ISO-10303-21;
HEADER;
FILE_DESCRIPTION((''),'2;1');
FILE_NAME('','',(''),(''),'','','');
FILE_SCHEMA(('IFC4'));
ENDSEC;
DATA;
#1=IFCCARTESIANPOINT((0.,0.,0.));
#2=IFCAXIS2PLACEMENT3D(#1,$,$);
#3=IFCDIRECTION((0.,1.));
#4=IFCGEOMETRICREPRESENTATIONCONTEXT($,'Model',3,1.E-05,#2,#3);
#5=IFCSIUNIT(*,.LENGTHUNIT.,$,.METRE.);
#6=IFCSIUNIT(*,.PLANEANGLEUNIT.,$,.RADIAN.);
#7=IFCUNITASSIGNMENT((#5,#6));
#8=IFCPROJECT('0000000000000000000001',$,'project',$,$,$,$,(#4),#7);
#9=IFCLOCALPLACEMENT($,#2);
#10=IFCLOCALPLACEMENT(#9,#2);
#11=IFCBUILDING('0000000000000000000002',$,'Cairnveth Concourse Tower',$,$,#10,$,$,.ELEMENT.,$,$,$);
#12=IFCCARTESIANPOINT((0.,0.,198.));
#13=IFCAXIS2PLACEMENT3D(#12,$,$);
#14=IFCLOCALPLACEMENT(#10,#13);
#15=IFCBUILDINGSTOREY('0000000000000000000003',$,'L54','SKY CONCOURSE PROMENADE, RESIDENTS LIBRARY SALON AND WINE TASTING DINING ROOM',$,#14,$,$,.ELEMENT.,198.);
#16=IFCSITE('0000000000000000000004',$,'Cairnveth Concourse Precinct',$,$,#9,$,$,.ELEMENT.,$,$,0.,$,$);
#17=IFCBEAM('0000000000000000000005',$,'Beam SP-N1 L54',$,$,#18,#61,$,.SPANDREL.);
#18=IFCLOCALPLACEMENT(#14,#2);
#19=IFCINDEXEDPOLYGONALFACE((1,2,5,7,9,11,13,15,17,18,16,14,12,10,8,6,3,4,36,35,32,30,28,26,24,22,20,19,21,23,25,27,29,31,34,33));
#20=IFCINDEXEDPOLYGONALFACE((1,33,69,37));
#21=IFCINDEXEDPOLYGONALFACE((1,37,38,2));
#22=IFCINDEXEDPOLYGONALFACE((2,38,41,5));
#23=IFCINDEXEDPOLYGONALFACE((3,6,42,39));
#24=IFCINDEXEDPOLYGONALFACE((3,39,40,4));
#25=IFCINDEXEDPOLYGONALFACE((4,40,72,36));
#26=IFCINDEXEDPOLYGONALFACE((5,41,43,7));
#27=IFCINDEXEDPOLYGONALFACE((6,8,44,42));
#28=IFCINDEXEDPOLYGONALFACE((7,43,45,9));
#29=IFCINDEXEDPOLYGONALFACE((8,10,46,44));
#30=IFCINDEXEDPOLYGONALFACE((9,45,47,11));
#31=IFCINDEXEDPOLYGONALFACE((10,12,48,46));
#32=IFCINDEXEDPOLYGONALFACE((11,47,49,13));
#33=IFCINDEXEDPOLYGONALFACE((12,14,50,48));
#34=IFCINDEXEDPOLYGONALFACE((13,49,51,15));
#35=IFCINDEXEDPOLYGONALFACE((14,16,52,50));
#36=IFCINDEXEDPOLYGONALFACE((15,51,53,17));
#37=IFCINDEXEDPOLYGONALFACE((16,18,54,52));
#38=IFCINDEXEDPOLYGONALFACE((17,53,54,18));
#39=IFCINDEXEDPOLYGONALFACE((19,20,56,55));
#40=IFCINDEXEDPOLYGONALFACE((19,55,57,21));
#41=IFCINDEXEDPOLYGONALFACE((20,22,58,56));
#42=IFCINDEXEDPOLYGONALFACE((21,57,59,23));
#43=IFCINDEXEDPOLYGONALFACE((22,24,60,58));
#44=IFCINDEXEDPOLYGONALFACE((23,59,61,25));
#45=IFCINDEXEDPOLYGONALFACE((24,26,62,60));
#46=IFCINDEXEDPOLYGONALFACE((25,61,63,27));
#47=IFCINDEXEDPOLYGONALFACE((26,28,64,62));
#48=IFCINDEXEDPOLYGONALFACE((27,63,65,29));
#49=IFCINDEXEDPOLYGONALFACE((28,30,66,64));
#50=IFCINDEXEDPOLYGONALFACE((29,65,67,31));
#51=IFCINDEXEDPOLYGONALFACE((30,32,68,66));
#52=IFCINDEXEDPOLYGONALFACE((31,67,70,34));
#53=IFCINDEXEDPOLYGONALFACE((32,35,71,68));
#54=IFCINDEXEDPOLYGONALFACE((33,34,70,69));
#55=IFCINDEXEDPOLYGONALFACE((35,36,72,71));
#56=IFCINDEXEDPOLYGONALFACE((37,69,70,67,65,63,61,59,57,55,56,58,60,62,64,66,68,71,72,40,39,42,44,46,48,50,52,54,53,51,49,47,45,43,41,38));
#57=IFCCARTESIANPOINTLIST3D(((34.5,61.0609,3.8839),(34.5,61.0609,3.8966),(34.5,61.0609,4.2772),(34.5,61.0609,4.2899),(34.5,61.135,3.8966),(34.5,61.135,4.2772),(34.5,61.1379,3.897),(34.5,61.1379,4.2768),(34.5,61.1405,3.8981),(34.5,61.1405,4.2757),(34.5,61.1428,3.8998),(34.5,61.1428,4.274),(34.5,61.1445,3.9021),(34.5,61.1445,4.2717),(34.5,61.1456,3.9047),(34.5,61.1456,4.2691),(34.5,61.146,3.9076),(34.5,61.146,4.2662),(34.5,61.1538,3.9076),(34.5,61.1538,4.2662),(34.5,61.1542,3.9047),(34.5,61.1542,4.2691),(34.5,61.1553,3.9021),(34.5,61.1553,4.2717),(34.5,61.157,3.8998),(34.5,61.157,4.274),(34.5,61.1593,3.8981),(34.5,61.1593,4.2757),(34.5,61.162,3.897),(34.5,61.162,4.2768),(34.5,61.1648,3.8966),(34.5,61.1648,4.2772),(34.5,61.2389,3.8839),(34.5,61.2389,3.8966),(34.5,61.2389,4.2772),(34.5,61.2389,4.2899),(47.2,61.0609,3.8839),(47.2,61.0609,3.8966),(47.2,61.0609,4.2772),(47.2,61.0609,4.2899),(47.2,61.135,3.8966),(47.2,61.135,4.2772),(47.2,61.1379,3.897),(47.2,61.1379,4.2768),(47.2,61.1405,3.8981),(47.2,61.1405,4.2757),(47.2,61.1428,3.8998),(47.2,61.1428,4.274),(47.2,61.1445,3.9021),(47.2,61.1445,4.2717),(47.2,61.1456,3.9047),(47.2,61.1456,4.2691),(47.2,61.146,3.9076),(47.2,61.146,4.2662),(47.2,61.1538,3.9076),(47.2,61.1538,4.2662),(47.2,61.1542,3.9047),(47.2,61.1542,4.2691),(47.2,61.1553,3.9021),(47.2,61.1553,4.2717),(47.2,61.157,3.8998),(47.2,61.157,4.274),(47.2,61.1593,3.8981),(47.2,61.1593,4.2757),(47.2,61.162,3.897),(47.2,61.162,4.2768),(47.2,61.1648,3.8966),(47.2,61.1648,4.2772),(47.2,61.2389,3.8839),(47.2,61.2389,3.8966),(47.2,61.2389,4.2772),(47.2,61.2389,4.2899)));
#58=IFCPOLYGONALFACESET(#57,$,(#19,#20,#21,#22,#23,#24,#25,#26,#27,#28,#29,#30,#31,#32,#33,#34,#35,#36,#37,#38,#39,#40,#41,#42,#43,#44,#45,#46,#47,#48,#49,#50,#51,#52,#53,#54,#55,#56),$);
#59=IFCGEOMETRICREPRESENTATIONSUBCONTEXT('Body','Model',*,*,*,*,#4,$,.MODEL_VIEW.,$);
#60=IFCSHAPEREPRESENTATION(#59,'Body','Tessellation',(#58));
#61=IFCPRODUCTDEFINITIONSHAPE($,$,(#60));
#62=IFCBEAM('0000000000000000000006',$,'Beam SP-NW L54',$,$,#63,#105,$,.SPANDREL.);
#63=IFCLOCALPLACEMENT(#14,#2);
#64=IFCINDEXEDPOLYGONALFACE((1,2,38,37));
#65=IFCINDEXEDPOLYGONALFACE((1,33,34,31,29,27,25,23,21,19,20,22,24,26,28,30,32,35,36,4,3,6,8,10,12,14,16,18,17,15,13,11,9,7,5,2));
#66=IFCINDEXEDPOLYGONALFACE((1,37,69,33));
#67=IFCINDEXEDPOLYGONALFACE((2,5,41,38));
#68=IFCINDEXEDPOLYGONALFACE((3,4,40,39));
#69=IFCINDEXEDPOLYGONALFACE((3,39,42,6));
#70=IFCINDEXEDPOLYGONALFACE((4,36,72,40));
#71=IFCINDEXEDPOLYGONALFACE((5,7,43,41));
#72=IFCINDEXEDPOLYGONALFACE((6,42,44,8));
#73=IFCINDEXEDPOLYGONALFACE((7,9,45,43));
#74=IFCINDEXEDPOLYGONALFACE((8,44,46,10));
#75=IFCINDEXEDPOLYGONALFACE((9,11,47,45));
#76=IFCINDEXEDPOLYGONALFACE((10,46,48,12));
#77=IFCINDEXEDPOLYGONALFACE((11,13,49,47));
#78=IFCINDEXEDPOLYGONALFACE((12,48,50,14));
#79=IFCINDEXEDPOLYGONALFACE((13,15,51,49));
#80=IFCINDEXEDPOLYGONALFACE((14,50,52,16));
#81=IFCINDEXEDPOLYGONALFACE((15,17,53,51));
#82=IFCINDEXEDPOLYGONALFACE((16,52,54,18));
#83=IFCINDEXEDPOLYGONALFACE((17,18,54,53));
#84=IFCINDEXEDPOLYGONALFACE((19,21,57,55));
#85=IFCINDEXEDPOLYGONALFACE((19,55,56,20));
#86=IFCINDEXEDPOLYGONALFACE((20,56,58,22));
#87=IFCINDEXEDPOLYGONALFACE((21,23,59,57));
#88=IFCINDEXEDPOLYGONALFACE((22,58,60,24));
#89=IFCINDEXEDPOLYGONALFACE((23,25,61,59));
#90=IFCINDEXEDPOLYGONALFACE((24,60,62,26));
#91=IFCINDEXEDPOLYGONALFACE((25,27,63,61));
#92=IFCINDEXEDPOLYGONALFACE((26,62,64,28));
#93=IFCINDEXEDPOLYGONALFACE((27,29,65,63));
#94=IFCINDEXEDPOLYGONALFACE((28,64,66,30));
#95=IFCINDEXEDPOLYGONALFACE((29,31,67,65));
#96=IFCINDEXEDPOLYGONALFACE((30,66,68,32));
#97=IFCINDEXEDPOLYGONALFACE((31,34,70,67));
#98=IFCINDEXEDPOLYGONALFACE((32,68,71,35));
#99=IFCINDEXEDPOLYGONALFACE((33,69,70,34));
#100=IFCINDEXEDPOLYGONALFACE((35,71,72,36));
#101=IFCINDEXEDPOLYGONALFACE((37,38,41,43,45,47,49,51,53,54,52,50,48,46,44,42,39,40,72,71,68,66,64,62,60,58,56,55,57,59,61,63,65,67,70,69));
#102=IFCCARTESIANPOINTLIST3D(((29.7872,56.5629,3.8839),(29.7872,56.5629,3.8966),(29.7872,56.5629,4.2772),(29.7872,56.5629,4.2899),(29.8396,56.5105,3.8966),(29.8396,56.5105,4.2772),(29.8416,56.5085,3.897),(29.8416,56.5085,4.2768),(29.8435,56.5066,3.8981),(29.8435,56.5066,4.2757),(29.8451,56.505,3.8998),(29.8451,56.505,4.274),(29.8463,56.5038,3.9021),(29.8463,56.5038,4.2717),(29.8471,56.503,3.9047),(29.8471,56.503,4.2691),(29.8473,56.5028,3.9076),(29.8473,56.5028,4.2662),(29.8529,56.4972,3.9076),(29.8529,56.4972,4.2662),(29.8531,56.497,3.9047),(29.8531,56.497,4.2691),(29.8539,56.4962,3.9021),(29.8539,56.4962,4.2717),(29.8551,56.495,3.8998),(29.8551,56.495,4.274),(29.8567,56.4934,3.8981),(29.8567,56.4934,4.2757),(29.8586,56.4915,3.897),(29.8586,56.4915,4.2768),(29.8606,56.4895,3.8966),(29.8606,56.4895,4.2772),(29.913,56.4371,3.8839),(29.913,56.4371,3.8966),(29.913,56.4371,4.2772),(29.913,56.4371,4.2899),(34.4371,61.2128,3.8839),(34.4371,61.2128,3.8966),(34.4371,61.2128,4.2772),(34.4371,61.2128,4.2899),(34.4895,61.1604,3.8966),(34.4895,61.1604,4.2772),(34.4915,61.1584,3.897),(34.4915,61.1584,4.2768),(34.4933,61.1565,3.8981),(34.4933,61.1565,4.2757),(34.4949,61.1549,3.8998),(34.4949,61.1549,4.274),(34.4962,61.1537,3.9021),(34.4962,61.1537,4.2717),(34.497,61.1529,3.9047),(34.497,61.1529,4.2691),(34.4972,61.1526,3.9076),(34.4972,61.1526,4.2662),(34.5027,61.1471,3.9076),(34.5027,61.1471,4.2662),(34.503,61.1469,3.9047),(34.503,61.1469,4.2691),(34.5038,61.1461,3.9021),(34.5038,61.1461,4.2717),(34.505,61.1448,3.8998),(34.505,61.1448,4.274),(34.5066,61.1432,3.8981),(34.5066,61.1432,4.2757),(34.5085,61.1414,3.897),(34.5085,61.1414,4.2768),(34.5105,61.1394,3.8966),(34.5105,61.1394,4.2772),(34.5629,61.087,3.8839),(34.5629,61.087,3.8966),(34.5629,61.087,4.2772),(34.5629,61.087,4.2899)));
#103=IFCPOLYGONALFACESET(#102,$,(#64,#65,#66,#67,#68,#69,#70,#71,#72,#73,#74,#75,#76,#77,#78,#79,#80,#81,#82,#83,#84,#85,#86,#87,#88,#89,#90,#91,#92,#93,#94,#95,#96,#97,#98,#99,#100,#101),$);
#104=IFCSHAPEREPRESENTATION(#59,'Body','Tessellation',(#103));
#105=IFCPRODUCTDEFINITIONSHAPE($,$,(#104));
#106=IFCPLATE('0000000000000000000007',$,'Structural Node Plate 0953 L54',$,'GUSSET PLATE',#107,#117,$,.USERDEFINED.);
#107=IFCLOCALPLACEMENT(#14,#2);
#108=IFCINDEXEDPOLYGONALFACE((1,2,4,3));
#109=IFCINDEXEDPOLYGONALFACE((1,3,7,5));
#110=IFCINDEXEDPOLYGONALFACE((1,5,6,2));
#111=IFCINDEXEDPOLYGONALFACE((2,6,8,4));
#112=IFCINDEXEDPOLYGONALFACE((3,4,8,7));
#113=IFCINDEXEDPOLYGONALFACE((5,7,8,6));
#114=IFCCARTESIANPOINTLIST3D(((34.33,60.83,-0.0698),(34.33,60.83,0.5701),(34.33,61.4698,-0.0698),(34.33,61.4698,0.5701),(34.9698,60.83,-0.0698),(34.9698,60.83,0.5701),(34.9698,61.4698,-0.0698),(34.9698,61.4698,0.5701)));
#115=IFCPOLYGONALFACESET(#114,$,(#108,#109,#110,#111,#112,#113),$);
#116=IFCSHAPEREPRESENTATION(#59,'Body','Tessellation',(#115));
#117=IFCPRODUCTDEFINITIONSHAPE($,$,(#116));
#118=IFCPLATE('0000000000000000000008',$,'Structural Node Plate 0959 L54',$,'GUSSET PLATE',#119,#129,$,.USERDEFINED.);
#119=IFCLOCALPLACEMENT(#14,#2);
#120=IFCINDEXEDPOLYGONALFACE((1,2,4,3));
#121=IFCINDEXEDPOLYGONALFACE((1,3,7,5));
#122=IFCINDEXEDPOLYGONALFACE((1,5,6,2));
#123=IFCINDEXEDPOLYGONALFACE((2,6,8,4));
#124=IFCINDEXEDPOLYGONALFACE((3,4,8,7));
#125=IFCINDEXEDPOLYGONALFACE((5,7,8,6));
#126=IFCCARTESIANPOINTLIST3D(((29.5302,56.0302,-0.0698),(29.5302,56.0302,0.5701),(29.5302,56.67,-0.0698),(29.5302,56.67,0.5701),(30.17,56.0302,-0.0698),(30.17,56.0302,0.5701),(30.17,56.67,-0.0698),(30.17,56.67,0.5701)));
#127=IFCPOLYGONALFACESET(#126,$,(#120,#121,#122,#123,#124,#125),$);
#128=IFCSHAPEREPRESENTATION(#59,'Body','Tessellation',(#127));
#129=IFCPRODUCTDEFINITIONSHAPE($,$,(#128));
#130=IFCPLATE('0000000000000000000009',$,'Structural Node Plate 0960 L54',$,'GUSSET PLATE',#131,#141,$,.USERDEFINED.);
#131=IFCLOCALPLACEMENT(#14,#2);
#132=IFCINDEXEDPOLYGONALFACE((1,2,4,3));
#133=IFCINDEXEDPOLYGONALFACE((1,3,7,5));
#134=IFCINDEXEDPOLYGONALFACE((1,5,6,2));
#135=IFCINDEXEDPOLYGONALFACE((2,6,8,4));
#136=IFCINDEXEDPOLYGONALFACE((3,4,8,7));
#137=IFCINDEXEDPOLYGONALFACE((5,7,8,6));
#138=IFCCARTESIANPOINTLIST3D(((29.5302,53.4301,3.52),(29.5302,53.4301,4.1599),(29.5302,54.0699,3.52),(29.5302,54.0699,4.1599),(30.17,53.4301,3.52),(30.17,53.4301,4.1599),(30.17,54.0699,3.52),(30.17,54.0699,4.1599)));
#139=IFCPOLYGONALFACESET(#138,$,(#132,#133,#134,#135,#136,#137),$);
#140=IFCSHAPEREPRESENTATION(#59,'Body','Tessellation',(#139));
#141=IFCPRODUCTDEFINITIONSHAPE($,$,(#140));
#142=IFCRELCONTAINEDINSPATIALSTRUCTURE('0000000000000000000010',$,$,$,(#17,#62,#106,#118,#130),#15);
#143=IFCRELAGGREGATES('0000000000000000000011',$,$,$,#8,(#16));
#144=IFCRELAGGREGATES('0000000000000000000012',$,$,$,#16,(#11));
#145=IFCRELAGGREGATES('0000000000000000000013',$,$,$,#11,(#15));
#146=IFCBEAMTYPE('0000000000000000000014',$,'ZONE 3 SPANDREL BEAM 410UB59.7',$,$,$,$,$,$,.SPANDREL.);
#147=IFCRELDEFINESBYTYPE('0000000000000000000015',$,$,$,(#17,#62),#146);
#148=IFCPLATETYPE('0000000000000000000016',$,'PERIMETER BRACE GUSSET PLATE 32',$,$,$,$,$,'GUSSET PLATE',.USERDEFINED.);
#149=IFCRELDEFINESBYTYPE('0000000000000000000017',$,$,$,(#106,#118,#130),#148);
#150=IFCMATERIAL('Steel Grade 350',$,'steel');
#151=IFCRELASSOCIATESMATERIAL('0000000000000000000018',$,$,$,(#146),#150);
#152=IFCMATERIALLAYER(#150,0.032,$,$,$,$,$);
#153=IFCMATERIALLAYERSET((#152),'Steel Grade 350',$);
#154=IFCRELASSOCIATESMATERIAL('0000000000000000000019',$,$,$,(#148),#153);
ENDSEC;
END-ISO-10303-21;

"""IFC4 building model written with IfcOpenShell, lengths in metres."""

from ifc_helpers import new_model, si_unit, direction, frame, origin, origin_2d, place, context, subcontext, project, spatial, rectangle, i_section, extrude, material, layer, layer_set, material_profile, profile_set, type_object, element, save


model = new_model("IFC4")

# Units and contexts
model_context = context("Model", 3, precision=1e-05, world=origin(), true_north=direction((0.0, 1.0)))
body_context = subcontext(model_context, "Body", "Model", "MODEL_VIEW")
ifc_project = project(units=[si_unit("LENGTHUNIT", "METRE"), si_unit("PLANEANGLEUNIT", "RADIAN")], contexts=[model_context])

# Site, building, storey
site_placement = place(None, origin())
site = spatial("IfcSite", under=ifc_project, at=site_placement, Name="Cairnveth Concourse Precinct", CompositionType="ELEMENT", RefElevation=0.0)
building_placement = place(site_placement, origin())
building = spatial("IfcBuilding", under=site, at=building_placement, Name="Cairnveth Concourse Tower", CompositionType="ELEMENT")
storey_placement = place(building_placement, frame((0.0, 0.0, 198.0)))
storey = spatial("IfcBuildingStorey", under=building, at=storey_placement, Name="L54", Description="SKY CONCOURSE PROMENADE, RESIDENTS LIBRARY SALON AND WINE TASTING DINING ROOM", CompositionType="ELEMENT", Elevation=198.0)

# Shared definitions
ifc_material_1 = material(Name="Steel Grade 350", Category="steel")

# Beams
ifc_material_profile_1 = material_profile(ifc_material_1, i_section(OverallWidth=0.178, OverallDepth=0.406, WebThickness=0.0078, FlangeThickness=0.0127, FilletRadius=0.011, at=origin_2d()), Name="410UB59.7")
ifc_profile_set_1 = profile_set([ifc_material_profile_1], Name="Steel Grade 350")
beam_type_1 = type_object("IfcBeamType", Name="ZONE 3 SPANDREL BEAM 410UB59.7", PredefinedType="SPANDREL", material=ifc_profile_set_1)
beam_1_placement = place(storey_placement, frame((34.5, 61.1499, 4.0869), z_axis=(1.0, 0.0, 0.0), x_axis=(0.0, 1.0, 0.0)))
element("IfcBeam", 1, at=beam_1_placement, inside=storey, type_object=beam_type_1, Name="Beam SP-N1 L54", PredefinedType="SPANDREL", context=body_context, shape_type="SweptSolid", body=[
    extrude(i_section(OverallWidth=0.178, OverallDepth=0.406, WebThickness=0.0078, FlangeThickness=0.0127, FilletRadius=0.011, at=origin_2d()), origin(), (0.0, 0.0, 1.0), 12.7),
])
beam_2_placement = place(storey_placement, frame((29.8501, 56.5, 4.0869), z_axis=(0.707107, 0.707107, 0.0), x_axis=(-0.707107, 0.707107, 0.0)))
element("IfcBeam", 2, at=beam_2_placement, inside=storey, type_object=beam_type_1, Name="Beam SP-NW L54", PredefinedType="SPANDREL", context=body_context, shape_type="SweptSolid", body=[
    extrude(i_section(OverallWidth=0.178, OverallDepth=0.406, WebThickness=0.0078, FlangeThickness=0.0127, FilletRadius=0.011, at=origin_2d()), origin(), (0.0, 0.0, 1.0), 6.5759),
])

# Plates
ifc_layer_1 = layer(ifc_material_1, 0.032)
ifc_layer_set_1 = layer_set([ifc_layer_1], Name="Steel Grade 350")
plate_type = type_object("IfcPlateType", Name="PERIMETER BRACE GUSSET PLATE 32", ElementType="GUSSET PLATE", PredefinedType="USERDEFINED", material=ifc_layer_set_1)
for number, where, z_axis, x_axis, name in (
    (3, (34.6499, 61.1499, -0.0698), (0.0, 0.0, 1.0), (1.0, 0.0, 0.0), "Structural Node Plate 0953 L54"),
    (4, (29.8501, 56.3501, -0.0698), (0.0, 0.0, 1.0), (1.0, 0.0, 0.0), "Structural Node Plate 0959 L54"),
    (5, (29.8501, 53.75, 3.52), (0.0, 0.0, 1.0), (1.0, 0.0, 0.0), "Structural Node Plate 0960 L54"),
):
    element("IfcPlate", number, at=place(storey_placement, frame(where, z_axis=z_axis, x_axis=x_axis)), inside=storey, type_object=plate_type, Name=name, ObjectType="GUSSET PLATE", PredefinedType="USERDEFINED", context=body_context, shape_type="SweptSolid", body=[
        extrude(rectangle(XDim=0.6399, YDim=0.6399, at=origin_2d()), origin(), (0.0, 0.0, 1.0), 0.6399),
    ])

save(model, "model.ifc")
